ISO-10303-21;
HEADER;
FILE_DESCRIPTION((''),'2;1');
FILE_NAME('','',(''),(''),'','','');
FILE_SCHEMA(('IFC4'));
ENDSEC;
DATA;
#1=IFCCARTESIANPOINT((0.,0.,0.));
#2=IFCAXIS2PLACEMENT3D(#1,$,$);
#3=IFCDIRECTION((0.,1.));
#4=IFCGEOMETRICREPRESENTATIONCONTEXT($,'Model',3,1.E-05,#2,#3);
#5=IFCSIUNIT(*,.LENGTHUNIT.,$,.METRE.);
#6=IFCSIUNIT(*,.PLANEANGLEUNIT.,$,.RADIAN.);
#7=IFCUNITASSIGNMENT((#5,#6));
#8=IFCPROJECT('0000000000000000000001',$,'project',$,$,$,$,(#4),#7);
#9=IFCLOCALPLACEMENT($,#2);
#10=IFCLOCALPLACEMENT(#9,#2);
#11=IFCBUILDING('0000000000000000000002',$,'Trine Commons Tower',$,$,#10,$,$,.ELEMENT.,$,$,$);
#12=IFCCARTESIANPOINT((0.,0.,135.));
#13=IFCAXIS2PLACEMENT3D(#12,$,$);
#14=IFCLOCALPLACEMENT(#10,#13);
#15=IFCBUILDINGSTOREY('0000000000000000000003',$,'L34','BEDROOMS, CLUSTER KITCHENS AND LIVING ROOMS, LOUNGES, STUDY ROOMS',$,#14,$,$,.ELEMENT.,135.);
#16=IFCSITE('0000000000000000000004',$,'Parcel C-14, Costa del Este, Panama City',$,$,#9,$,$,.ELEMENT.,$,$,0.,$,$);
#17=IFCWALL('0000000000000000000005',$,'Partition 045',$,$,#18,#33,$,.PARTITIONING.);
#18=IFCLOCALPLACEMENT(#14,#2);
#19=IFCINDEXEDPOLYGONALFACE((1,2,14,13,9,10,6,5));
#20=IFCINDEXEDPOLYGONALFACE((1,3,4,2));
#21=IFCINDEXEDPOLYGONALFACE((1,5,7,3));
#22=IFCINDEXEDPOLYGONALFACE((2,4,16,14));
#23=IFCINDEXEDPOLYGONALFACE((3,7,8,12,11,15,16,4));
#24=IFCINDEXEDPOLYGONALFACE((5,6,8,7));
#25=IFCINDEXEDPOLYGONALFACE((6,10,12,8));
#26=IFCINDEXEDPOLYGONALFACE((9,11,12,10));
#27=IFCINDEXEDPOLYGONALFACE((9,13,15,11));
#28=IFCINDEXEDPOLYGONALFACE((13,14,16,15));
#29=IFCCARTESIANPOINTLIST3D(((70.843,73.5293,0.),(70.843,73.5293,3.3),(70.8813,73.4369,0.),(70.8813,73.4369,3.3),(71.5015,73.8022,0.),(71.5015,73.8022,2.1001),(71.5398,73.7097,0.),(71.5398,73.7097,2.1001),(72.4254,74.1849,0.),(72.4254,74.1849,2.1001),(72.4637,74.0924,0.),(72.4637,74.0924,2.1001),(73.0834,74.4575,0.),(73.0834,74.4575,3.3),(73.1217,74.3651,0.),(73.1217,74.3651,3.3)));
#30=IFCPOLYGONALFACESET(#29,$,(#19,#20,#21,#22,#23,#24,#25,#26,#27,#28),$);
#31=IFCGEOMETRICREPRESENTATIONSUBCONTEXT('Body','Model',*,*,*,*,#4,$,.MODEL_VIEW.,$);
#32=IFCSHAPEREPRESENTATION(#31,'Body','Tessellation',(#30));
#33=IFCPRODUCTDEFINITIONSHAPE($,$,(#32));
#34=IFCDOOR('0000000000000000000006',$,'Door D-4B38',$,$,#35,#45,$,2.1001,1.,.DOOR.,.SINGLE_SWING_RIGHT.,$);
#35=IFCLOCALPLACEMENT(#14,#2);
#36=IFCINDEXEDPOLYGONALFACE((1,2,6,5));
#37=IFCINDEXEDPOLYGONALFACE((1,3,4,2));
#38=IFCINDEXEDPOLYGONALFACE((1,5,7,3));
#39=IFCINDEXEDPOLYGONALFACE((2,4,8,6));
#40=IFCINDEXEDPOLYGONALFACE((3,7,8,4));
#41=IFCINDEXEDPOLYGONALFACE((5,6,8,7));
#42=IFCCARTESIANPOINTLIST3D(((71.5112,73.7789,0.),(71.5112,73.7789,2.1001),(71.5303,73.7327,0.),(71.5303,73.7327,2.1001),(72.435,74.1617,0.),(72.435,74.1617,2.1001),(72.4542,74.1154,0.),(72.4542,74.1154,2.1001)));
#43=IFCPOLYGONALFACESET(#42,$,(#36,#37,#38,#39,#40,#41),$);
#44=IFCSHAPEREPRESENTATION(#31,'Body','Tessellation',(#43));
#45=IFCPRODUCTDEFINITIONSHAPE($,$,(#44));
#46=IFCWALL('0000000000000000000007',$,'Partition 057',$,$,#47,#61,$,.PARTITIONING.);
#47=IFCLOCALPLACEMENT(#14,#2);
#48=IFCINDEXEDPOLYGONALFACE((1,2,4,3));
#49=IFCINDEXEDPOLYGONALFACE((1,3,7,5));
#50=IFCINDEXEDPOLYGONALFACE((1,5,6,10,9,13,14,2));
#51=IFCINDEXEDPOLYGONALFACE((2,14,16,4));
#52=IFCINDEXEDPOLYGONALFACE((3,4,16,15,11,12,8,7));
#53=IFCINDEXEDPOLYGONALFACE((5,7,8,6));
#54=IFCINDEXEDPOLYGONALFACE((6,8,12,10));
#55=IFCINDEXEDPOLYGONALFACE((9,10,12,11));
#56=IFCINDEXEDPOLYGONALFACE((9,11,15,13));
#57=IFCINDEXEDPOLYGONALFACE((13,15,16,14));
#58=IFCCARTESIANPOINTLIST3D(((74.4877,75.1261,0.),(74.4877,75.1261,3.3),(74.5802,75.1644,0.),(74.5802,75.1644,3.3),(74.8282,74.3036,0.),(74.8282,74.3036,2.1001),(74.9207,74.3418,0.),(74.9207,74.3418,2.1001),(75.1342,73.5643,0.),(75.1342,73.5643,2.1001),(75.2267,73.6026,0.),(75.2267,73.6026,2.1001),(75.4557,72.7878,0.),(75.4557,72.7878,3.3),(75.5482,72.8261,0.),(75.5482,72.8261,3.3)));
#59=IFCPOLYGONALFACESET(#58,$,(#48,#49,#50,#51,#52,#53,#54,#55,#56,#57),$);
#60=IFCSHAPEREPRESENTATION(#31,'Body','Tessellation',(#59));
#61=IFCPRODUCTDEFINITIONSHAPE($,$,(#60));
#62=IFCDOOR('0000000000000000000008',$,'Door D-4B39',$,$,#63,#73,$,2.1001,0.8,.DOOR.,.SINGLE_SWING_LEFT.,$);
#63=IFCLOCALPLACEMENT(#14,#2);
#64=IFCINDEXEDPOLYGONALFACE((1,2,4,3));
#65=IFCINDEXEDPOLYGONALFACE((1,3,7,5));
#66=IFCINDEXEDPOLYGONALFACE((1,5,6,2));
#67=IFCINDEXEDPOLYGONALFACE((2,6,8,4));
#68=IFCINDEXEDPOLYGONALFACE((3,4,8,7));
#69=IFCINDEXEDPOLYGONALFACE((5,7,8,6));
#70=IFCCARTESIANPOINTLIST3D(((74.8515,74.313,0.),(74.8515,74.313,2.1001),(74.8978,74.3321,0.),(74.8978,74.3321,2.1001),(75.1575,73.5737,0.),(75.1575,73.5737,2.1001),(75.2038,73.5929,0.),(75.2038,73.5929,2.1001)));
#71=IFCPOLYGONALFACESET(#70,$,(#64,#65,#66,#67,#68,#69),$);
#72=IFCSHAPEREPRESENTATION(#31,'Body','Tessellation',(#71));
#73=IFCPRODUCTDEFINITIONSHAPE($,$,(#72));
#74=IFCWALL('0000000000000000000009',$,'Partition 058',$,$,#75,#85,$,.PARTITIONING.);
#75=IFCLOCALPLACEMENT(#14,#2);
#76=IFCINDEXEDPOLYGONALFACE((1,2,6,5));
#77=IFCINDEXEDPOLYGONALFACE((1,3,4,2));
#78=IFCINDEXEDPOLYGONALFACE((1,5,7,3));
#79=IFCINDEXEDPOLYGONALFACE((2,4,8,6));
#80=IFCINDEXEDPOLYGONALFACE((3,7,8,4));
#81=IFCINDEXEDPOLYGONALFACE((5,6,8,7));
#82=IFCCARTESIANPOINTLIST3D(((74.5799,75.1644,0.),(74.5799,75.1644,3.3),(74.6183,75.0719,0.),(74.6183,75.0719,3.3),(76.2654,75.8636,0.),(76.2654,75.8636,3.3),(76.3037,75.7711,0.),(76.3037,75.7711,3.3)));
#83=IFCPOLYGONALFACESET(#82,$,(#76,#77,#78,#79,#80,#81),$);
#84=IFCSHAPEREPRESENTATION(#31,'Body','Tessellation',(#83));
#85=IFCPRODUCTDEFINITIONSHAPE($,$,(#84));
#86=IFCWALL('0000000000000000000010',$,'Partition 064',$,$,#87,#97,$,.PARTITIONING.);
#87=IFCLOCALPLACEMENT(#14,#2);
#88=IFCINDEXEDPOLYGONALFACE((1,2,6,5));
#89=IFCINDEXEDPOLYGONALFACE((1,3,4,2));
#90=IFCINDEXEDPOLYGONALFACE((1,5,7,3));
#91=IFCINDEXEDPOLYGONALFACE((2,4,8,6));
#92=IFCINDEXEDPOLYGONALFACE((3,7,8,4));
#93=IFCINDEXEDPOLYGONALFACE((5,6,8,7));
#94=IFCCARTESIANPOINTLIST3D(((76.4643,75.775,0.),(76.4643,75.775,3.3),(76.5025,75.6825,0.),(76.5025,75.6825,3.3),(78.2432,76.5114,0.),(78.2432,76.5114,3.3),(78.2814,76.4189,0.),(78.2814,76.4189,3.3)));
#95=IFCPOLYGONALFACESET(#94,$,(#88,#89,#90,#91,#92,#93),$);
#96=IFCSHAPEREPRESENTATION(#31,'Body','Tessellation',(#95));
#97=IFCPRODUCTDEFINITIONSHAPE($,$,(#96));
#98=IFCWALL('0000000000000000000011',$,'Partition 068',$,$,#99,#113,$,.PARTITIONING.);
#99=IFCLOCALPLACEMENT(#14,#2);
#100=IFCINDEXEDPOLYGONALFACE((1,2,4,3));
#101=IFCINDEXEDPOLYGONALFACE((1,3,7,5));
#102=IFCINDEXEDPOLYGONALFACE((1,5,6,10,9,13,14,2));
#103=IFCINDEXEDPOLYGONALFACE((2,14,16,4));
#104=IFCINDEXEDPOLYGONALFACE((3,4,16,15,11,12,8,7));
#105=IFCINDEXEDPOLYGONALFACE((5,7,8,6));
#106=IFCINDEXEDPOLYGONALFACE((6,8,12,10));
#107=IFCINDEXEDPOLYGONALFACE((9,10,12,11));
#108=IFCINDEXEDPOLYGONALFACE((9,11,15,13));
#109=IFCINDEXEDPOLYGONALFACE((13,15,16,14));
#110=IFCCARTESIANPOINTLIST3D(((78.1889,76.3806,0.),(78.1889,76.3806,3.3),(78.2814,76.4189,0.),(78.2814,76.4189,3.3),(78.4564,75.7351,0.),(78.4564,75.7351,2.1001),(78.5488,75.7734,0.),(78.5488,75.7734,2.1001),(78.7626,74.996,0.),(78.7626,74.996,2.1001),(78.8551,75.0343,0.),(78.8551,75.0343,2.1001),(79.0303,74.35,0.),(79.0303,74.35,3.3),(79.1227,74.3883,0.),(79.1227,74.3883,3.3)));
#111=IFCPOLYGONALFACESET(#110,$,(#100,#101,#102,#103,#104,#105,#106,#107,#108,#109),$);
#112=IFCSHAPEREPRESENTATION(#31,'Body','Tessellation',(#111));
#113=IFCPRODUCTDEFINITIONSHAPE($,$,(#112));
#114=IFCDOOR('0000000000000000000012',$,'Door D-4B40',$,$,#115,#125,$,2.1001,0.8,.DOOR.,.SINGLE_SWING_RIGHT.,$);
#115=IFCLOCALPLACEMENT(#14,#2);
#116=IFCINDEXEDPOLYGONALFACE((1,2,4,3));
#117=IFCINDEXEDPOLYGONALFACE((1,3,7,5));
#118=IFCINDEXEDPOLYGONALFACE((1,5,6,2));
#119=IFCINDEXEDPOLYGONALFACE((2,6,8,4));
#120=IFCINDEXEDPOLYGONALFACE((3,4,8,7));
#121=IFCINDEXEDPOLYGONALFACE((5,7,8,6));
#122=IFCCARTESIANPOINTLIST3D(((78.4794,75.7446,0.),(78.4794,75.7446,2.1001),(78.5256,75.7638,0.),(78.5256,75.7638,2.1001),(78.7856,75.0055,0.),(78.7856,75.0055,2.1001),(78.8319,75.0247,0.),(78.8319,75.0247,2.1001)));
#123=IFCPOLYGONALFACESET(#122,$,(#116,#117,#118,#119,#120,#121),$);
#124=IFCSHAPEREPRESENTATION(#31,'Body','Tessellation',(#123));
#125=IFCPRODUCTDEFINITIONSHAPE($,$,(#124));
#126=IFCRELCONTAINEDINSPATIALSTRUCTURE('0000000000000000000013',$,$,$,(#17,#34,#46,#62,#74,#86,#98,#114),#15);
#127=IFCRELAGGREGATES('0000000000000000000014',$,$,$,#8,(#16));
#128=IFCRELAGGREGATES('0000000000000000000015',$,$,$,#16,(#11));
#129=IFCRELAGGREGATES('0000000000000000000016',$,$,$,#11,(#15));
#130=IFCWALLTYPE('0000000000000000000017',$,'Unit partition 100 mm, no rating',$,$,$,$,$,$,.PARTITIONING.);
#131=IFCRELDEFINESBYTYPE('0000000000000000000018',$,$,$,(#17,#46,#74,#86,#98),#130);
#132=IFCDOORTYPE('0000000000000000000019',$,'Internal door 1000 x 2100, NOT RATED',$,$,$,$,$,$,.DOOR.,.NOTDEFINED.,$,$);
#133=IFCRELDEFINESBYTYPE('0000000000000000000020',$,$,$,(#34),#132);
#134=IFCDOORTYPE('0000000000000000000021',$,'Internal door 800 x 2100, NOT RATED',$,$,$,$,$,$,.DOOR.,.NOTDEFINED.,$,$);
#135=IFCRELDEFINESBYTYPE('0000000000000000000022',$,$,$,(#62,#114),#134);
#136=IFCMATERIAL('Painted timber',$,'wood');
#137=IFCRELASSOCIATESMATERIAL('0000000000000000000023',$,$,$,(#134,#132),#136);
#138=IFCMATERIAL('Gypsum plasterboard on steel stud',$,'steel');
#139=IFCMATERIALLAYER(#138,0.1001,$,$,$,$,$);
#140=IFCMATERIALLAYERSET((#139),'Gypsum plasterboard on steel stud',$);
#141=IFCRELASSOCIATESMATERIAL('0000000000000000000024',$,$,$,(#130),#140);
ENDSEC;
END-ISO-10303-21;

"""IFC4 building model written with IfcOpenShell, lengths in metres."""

from ifc_helpers import new_model, si_unit, direction, frame, frame_2d, origin, place, context, subcontext, project, spatial, rectangle, extrude, material, layer, layer_set, type_object, element, fill, save


model = new_model("IFC4")

# Units and contexts
model_context = context("Model", 3, precision=1e-05, world=origin(), true_north=direction((0.0, 1.0)))
body_context = subcontext(model_context, "Body", "Model", "MODEL_VIEW")
ifc_project = project(units=[si_unit("LENGTHUNIT", "METRE"), si_unit("PLANEANGLEUNIT", "RADIAN")], contexts=[model_context])

# Site, building, storey
site_placement = place(None, origin())
site = spatial("IfcSite", under=ifc_project, at=site_placement, Name="Parcel C-14, Costa del Este, Panama City", CompositionType="ELEMENT", RefElevation=0.0)
building_placement = place(site_placement, origin())
building = spatial("IfcBuilding", under=site, at=building_placement, Name="Trine Commons Tower", CompositionType="ELEMENT")
storey_placement = place(building_placement, frame((0.0, 0.0, 135.0)))
storey = spatial("IfcBuildingStorey", under=building, at=storey_placement, Name="L34", Description="BEDROOMS, CLUSTER KITCHENS AND LIVING ROOMS, LOUNGES, STUDY ROOMS", CompositionType="ELEMENT", Elevation=135.0)

# Shared definitions
ifc_material_1 = material(Name="Gypsum plasterboard on steel stud", Category="steel")

# Shared definitions
ifc_material_2 = material(Name="Painted timber", Category="wood")
door_type_1 = type_object("IfcDoorType", Name="Internal door 800 x 2100, NOT RATED", OperationType="NOTDEFINED", PredefinedType="DOOR", material=ifc_material_2)

# Shared definitions
ifc_layer_1 = layer(ifc_material_1, 0.1001)
ifc_layer_set_1 = layer_set([ifc_layer_1], Name="Gypsum plasterboard on steel stud")
wall_type_1 = type_object("IfcWallType", Name="Unit partition 100 mm, no rating", PredefinedType="PARTITIONING", material=ifc_layer_set_1)

# Walls, openings, doors
wall_1_placement = place(storey_placement, frame((70.8623, 73.4832, 0.0), z_axis=(0.0, 0.0, 1.0), x_axis=(0.923852, 0.382749, 0.0)))
wall_1 = element("IfcWall", 1, at=wall_1_placement, inside=storey, type_object=wall_type_1, Name="Partition 045", PredefinedType="PARTITIONING", context=body_context, shape_type="SweptSolid", body=[
    extrude(rectangle(XDim=2.425, YDim=0.1001, at=frame_2d((1.2124, 0.0))), origin(), (0.0, 0.0, 1.0), 3.3),
])
opening_1_placement = place(wall_1_placement, frame((0.7126, 0.0, 0.0)))
opening_1 = element("IfcOpeningElement", 2, at=opening_1_placement, cuts=wall_1, PredefinedType="OPENING", context=body_context, shape_type="SweptSolid", body=[
    extrude(rectangle(XDim=1.0, YDim=2.1001, at=frame_2d((0.5, 1.05))), frame((0.0, 0.0601, 0.0), z_axis=(0.0, -1.0, 0.0), x_axis=(1.0, 0.0, 0.0)), (0.0, 0.0, 1.0), 0.1201),
])
door_type_2 = type_object("IfcDoorType", Name="Internal door 1000 x 2100, NOT RATED", OperationType="NOTDEFINED", PredefinedType="DOOR", material=ifc_material_2)
door_1_placement = place(opening_1_placement, origin())
door_1 = element("IfcDoor", 3, at=door_1_placement, inside=storey, type_object=door_type_2, Name="Door D-4B38", OperationType="SINGLE_SWING_RIGHT", OverallHeight=2.1001, OverallWidth=1.0, PredefinedType="DOOR", context=body_context, shape_type="SweptSolid", body=[
    extrude(rectangle(XDim=1.0, YDim=2.1001, at=frame_2d((0.5, 1.05))), frame((0.0, 0.0249, 0.0), z_axis=(0.0, -1.0, 0.0), x_axis=(1.0, 0.0, 0.0)), (0.0, 0.0, 1.0), 0.05),
])
fill(opening_1, door_1)
wall_2_placement = place(storey_placement, frame((74.5339, 75.1453, 0.0), z_axis=(0.0, 0.0, 1.0), x_axis=(0.382491, -0.923959, 0.0)))
wall_2 = element("IfcWall", 4, at=wall_2_placement, inside=storey, type_object=wall_type_1, Name="Partition 057", PredefinedType="PARTITIONING", context=body_context, shape_type="SweptSolid", body=[
    extrude(rectangle(XDim=2.5308, YDim=0.1001, at=frame_2d((1.2654, 0.0))), origin(), (0.0, 0.0, 1.0), 3.3),
])
opening_2_placement = place(wall_2_placement, frame((0.8904, 0.0, 0.0)))
opening_2 = element("IfcOpeningElement", 5, at=opening_2_placement, cuts=wall_2, PredefinedType="OPENING", context=body_context, shape_type="SweptSolid", body=[
    extrude(rectangle(XDim=0.8, YDim=2.1001, at=frame_2d((0.3999, 1.05))), frame((0.0, 0.0601, 0.0), z_axis=(0.0, -1.0, 0.0), x_axis=(1.0, 0.0, 0.0)), (0.0, 0.0, 1.0), 0.1201),
])
door_2_placement = place(opening_2_placement, frame((0.8, 0.0, 0.0), z_axis=(0.0, 0.0, 1.0), x_axis=(-1.0, 0.0, 0.0)))
door_2 = element("IfcDoor", 6, at=door_2_placement, inside=storey, type_object=door_type_1, Name="Door D-4B39", OperationType="SINGLE_SWING_LEFT", OverallHeight=2.1001, OverallWidth=0.8, PredefinedType="DOOR", context=body_context, shape_type="SweptSolid", body=[
    extrude(rectangle(XDim=0.8, YDim=2.1001, at=frame_2d((0.3999, 1.05))), frame((0.0, 0.0249, 0.0), z_axis=(0.0, -1.0, 0.0), x_axis=(1.0, 0.0, 0.0)), (0.0, 0.0, 1.0), 0.05),
])
fill(opening_2, door_2)

# Walls
wall_3_placement = place(storey_placement, frame((74.5991, 75.1182, 0.0), z_axis=(0.0, 0.0, 1.0), x_axis=(0.923677, 0.383171, 0.0)))
element("IfcWall", 7, at=wall_3_placement, inside=storey, type_object=wall_type_1, Name="Partition 058", PredefinedType="PARTITIONING", context=body_context, shape_type="SweptSolid", body=[
    extrude(rectangle(XDim=1.8247, YDim=0.1001, at=frame_2d((0.9124, 0.0))), origin(), (0.0, 0.0, 1.0), 3.3),
])
wall_4_placement = place(storey_placement, frame((76.4834, 75.7288, 0.0), z_axis=(0.0, 0.0, 1.0), x_axis=(0.923967, 0.382471, 0.0)))
element("IfcWall", 8, at=wall_4_placement, inside=storey, type_object=wall_type_1, Name="Partition 064", PredefinedType="PARTITIONING", context=body_context, shape_type="SweptSolid", body=[
    extrude(rectangle(XDim=1.9253, YDim=0.1001, at=frame_2d((0.9626, 0.0))), origin(), (0.0, 0.0, 1.0), 3.3),
])

# Wall, opening, door
wall_5_placement = place(storey_placement, frame((78.2351, 76.3999, 0.0), z_axis=(0.0, 0.0, 1.0), x_axis=(0.382777, -0.923841, 0.0)))
wall_5 = element("IfcWall", 9, at=wall_5_placement, inside=storey, type_object=wall_type_1, Name="Partition 068", PredefinedType="PARTITIONING", context=body_context, shape_type="SweptSolid", body=[
    extrude(rectangle(XDim=2.198, YDim=0.1001, at=frame_2d((1.0991, 0.0))), origin(), (0.0, 0.0, 1.0), 3.3),
])
opening_3_placement = place(wall_5_placement, frame((0.699, 0.0, 0.0)))
opening_3 = element("IfcOpeningElement", 10, at=opening_3_placement, cuts=wall_5, PredefinedType="OPENING", context=body_context, shape_type="SweptSolid", body=[
    extrude(rectangle(XDim=0.8, YDim=2.1001, at=frame_2d((0.3999, 1.05))), frame((0.0, 0.0601, 0.0), z_axis=(0.0, -1.0, 0.0), x_axis=(1.0, 0.0, 0.0)), (0.0, 0.0, 1.0), 0.1201),
])
door_3_placement = place(opening_3_placement, origin())
door_3 = element("IfcDoor", 11, at=door_3_placement, inside=storey, type_object=door_type_1, Name="Door D-4B40", OperationType="SINGLE_SWING_RIGHT", OverallHeight=2.1001, OverallWidth=0.8, PredefinedType="DOOR", context=body_context, shape_type="SweptSolid", body=[
    extrude(rectangle(XDim=0.8, YDim=2.1001, at=frame_2d((0.3999, 1.05))), frame((0.0, 0.0249, 0.0), z_axis=(0.0, -1.0, 0.0), x_axis=(1.0, 0.0, 0.0)), (0.0, 0.0, 1.0), 0.05),
])
fill(opening_3, door_3)

save(model, "model.ifc")
